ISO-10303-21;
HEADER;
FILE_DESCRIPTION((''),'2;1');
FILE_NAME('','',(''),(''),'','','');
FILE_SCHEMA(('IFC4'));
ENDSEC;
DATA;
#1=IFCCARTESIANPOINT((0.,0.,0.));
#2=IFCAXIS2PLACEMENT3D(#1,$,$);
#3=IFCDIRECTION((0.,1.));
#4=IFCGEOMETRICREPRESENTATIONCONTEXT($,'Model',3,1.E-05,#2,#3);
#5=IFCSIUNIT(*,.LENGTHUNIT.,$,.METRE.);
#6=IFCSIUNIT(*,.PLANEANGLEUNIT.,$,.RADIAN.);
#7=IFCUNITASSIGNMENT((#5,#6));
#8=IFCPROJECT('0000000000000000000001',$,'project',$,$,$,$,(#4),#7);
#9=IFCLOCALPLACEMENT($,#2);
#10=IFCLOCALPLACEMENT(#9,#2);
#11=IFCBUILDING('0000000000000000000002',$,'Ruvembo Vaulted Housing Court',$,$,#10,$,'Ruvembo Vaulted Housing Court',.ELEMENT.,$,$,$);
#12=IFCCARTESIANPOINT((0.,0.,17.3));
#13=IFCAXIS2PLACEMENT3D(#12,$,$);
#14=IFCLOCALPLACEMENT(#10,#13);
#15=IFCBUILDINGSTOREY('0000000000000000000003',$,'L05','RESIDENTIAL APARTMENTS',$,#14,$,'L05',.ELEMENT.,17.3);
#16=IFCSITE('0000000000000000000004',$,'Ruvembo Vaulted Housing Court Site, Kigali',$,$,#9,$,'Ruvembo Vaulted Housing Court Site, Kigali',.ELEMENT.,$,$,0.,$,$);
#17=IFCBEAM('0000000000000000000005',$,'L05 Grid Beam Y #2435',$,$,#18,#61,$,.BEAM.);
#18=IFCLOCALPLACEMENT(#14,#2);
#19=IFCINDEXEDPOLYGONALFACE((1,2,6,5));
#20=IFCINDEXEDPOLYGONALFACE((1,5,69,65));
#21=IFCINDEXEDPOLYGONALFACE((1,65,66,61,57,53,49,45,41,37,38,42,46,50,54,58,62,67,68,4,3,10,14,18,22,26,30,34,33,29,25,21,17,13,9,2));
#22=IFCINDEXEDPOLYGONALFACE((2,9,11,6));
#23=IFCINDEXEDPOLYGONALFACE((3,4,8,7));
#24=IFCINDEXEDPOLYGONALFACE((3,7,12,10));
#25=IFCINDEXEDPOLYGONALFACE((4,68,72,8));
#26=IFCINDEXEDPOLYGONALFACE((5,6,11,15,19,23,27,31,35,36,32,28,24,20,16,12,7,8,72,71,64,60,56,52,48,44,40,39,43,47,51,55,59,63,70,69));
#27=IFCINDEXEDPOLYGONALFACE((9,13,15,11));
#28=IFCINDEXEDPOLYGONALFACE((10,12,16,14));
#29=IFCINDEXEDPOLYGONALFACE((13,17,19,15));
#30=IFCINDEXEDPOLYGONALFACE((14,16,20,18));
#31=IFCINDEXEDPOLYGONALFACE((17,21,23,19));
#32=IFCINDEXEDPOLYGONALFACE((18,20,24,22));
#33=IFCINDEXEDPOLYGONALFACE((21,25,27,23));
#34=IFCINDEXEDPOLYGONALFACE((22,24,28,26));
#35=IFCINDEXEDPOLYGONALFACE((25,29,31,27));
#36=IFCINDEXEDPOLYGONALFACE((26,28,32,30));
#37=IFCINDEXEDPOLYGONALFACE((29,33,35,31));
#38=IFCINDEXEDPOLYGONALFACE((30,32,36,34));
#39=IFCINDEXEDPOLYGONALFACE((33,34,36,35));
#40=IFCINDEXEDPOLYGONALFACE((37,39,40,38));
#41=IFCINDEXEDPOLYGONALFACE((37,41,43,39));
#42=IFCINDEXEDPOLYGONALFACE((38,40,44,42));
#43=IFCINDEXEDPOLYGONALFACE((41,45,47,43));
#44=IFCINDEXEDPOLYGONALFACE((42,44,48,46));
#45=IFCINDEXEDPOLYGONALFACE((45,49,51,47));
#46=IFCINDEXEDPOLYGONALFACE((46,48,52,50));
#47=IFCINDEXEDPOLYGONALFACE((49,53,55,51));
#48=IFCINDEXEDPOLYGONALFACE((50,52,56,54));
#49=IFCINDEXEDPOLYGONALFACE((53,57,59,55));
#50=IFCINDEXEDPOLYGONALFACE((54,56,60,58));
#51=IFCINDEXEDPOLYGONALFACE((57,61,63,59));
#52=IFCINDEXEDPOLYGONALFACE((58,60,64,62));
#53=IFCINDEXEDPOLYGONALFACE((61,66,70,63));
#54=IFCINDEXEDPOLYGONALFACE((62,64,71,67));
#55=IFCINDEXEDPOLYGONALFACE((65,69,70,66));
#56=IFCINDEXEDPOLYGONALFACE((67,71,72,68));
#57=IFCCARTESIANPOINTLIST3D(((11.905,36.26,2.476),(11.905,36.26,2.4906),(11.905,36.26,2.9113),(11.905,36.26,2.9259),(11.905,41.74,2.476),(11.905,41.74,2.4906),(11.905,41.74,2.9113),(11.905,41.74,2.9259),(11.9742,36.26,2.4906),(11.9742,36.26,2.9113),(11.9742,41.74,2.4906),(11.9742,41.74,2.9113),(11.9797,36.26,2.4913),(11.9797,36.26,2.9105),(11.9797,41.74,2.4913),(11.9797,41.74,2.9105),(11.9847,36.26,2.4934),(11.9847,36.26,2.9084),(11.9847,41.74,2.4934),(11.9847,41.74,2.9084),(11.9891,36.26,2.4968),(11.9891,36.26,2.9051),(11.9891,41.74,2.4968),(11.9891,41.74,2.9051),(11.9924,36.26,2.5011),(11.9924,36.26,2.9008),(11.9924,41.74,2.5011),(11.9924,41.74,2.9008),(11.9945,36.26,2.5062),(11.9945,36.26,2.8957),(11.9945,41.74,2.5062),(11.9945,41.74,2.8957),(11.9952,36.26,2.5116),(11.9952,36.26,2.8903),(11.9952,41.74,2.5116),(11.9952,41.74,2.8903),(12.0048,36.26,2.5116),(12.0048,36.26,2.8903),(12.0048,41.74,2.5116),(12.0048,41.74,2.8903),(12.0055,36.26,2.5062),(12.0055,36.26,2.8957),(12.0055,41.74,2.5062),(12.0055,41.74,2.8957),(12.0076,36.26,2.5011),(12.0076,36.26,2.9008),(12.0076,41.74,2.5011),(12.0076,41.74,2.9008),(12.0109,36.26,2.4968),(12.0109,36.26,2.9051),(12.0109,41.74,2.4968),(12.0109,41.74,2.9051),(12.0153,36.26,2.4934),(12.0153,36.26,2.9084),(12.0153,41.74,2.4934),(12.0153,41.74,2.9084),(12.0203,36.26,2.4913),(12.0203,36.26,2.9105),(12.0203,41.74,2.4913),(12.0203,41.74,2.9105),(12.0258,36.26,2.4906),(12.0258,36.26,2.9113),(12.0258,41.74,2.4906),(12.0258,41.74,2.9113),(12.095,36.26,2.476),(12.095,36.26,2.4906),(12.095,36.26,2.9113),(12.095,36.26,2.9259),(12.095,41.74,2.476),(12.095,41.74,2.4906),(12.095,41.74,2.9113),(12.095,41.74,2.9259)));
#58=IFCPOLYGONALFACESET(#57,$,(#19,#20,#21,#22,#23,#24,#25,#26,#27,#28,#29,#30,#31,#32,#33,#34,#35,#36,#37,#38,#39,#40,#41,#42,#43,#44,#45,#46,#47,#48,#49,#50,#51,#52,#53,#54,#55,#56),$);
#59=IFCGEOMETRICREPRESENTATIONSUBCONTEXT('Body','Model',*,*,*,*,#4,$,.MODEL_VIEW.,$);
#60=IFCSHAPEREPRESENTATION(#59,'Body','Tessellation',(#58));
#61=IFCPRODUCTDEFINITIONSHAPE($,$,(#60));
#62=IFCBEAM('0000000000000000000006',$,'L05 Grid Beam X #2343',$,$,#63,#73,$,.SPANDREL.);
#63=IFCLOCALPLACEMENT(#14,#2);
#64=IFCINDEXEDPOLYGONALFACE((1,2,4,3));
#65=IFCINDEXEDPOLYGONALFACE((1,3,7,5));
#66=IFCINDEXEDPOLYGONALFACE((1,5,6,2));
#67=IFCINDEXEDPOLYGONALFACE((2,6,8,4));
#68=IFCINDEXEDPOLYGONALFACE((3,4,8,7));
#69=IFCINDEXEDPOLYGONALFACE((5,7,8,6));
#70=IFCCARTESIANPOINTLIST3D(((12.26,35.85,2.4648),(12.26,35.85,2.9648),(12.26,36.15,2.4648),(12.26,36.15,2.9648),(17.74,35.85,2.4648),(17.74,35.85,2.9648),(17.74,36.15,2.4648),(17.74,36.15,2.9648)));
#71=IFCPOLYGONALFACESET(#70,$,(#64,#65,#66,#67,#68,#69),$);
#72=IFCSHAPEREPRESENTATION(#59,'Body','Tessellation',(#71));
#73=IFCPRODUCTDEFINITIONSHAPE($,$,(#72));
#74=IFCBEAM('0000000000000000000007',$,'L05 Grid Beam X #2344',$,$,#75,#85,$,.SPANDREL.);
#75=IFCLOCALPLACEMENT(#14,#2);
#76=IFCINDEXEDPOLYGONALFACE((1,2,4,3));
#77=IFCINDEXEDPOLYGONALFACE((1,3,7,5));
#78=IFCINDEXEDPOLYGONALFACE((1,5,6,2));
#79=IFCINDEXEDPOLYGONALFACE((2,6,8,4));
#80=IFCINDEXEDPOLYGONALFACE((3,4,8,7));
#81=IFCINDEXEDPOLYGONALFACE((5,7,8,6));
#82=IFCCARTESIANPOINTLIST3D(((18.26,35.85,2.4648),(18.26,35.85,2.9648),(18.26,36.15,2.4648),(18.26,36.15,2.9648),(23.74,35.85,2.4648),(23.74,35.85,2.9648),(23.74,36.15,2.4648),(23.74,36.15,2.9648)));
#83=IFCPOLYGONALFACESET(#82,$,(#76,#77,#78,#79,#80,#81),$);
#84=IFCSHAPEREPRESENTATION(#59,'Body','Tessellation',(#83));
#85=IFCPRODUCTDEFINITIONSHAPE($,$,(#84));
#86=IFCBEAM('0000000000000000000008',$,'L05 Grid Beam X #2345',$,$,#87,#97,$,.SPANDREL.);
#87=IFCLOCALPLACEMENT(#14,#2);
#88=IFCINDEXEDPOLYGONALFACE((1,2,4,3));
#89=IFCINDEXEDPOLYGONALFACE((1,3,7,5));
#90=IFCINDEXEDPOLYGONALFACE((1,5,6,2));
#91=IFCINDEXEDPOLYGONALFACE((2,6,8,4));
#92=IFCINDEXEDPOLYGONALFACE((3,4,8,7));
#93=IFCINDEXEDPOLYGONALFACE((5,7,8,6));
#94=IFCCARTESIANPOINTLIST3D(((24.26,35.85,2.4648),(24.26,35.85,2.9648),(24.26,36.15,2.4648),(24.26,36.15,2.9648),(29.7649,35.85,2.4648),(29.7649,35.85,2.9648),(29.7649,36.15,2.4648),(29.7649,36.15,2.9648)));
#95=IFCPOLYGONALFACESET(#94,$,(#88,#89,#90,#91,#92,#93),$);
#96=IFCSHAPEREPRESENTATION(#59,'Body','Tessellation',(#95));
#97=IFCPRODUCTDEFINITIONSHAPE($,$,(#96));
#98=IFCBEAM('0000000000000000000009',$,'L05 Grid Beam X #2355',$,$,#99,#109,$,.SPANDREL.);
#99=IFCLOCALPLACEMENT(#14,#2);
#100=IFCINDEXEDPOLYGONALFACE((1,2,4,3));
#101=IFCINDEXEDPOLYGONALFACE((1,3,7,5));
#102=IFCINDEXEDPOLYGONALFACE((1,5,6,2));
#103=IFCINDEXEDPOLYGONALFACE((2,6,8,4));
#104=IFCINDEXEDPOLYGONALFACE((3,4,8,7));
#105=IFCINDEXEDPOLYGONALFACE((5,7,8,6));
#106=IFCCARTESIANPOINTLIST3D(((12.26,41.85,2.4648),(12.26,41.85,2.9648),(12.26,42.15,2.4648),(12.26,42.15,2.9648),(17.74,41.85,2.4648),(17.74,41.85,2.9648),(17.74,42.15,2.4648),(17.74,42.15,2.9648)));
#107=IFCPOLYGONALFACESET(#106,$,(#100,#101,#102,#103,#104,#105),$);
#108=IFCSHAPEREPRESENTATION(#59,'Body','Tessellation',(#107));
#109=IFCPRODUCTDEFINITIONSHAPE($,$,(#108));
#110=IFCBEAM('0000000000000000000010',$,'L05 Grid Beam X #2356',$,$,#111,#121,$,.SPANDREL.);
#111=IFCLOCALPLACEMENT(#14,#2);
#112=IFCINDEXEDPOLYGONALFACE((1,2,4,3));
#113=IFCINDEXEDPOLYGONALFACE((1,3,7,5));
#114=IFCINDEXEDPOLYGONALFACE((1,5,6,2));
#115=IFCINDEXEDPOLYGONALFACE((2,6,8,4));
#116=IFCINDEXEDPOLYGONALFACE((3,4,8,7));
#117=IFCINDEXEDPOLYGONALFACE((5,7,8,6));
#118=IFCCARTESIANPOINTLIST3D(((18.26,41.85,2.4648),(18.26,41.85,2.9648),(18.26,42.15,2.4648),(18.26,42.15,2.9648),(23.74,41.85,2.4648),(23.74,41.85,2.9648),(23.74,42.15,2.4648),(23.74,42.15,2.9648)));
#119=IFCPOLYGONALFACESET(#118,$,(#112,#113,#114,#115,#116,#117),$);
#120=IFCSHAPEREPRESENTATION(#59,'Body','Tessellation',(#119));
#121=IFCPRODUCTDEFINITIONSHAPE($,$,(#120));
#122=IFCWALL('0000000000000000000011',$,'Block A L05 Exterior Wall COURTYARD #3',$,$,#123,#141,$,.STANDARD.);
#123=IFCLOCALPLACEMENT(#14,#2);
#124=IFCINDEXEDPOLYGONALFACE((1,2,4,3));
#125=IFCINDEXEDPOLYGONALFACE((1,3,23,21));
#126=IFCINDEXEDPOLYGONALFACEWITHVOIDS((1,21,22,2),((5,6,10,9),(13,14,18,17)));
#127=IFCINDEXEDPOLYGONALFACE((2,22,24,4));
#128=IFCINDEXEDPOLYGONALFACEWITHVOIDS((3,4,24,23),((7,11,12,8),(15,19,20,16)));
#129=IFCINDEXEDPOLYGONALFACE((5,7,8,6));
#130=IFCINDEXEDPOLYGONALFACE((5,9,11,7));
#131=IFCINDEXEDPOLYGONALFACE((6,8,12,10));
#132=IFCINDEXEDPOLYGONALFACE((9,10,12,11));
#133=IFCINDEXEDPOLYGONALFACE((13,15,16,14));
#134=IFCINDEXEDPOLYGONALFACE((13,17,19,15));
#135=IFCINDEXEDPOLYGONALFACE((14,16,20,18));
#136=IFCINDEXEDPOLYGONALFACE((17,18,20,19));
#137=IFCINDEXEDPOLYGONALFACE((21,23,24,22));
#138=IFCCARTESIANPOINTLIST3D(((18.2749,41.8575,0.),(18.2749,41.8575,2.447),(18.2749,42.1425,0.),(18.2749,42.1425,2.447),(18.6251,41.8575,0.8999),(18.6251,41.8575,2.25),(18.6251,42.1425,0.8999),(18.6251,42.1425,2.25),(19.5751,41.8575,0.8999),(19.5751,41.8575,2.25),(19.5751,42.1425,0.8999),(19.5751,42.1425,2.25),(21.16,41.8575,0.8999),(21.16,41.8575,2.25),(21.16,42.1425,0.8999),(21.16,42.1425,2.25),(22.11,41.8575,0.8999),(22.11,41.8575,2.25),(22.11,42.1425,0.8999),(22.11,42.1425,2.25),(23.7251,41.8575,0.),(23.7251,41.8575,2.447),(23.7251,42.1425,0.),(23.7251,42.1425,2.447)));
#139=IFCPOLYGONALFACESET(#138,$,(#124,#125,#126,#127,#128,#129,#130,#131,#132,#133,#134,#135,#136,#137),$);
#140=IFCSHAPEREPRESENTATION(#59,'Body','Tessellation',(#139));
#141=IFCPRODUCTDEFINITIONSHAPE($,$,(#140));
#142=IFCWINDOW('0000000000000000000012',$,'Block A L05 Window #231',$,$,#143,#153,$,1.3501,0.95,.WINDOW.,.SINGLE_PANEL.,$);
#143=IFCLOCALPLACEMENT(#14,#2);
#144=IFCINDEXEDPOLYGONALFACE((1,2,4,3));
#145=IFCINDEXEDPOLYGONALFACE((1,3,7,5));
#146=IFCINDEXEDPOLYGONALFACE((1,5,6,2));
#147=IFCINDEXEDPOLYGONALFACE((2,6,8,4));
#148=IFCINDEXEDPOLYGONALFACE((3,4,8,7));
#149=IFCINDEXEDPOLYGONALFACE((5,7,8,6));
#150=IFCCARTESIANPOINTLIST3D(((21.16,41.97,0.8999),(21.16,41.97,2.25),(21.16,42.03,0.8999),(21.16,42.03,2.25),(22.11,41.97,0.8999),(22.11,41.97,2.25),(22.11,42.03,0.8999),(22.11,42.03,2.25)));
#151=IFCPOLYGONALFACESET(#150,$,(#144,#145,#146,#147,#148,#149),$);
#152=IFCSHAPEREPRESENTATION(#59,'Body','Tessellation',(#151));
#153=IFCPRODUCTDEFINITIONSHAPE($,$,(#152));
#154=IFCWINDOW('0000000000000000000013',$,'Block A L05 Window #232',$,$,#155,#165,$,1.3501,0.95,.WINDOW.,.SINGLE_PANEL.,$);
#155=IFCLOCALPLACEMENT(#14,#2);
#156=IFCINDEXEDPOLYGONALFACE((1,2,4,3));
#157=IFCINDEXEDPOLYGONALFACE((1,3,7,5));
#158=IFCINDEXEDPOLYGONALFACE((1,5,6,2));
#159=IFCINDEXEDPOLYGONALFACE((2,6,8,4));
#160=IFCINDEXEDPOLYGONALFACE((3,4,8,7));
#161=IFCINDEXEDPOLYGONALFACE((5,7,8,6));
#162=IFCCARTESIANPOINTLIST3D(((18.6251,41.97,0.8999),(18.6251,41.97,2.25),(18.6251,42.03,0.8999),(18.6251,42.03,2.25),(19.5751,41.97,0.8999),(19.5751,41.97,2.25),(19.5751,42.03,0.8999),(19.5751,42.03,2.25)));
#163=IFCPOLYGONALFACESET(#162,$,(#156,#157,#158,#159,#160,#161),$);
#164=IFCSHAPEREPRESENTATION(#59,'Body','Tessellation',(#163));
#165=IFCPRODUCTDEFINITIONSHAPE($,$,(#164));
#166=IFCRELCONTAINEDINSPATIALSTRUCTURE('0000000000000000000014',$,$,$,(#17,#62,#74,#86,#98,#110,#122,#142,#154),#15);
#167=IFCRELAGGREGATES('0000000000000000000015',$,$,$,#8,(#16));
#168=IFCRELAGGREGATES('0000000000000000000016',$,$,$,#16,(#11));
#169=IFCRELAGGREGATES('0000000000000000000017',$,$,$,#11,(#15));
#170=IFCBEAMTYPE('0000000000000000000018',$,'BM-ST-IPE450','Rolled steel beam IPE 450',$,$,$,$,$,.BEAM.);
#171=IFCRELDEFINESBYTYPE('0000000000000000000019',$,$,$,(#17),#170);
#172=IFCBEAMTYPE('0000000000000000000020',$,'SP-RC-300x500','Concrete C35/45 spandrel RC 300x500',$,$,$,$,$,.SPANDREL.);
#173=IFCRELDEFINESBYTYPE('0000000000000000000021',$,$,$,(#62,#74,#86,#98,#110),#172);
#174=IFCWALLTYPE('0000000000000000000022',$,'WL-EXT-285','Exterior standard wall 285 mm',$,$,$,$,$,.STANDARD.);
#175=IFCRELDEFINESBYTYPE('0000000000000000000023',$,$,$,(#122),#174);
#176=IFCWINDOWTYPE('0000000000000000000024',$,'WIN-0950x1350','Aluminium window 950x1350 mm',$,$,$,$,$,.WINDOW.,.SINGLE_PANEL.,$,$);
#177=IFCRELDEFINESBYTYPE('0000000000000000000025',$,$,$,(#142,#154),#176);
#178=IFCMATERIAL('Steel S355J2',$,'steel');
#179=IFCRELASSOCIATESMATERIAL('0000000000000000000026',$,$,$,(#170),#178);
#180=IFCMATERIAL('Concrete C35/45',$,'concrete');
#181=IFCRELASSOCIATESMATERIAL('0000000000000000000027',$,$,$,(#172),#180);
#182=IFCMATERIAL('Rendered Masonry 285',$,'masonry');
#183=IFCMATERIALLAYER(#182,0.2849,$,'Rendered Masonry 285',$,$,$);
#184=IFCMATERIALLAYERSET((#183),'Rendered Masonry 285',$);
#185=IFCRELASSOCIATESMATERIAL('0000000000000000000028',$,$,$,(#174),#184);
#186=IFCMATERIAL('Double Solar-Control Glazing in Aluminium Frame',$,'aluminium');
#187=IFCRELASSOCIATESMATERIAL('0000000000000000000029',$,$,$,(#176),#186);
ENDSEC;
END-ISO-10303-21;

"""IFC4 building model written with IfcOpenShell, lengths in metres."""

from ifc_helpers import new_model, si_unit, direction, frame, frame_2d, origin, origin_2d, place, context, subcontext, project, spatial, rectangle, i_section, extrude, material, layer, layer_set, material_profile, profile_set, type_object, element, fill, save


model = new_model("IFC4")

# Units and contexts
model_context = context("Model", 3, precision=1e-05, world=origin(), true_north=direction((0.0, 1.0)))
body_context = subcontext(model_context, "Body", "Model", "MODEL_VIEW")
ifc_project = project(units=[si_unit("LENGTHUNIT", "METRE"), si_unit("PLANEANGLEUNIT", "RADIAN")], contexts=[model_context])

# Site, building, storey
site_placement = place(None, origin())
site = spatial("IfcSite", under=ifc_project, at=site_placement, Name="Ruvembo Vaulted Housing Court Site, Kigali", LongName="Ruvembo Vaulted Housing Court Site, Kigali", CompositionType="ELEMENT", RefElevation=0.0)
building_placement = place(site_placement, origin())
building = spatial("IfcBuilding", under=site, at=building_placement, Name="Ruvembo Vaulted Housing Court", LongName="Ruvembo Vaulted Housing Court", CompositionType="ELEMENT")
storey_placement = place(building_placement, frame((0.0, 0.0, 17.3)))
storey = spatial("IfcBuildingStorey", under=building, at=storey_placement, Name="L05", Description="RESIDENTIAL APARTMENTS", LongName="L05", CompositionType="ELEMENT", Elevation=17.3)

# Shared definitions
ifc_material_1 = material(Name="Concrete C35/45", Category="concrete")

# Beams
ifc_material_2 = material(Name="Steel S355J2", Category="steel")
ifc_material_profile_1 = material_profile(ifc_material_2, i_section(OverallWidth=0.1899, OverallDepth=0.45, WebThickness=0.0095, FlangeThickness=0.0146, FilletRadius=0.021, at=origin_2d()), Name="IPE 450")
ifc_profile_set_1 = profile_set([ifc_material_profile_1], Name="Steel S355J2")
beam_type_1 = type_object("IfcBeamType", Name="BM-ST-IPE450", Description="Rolled steel beam IPE 450", PredefinedType="BEAM", material=ifc_profile_set_1)
beam_1_placement = place(storey_placement, frame((12.0, 36.26, 2.7009), z_axis=(0.0, 1.0, 0.0), x_axis=(-1.0, 0.0, 0.0)))
element("IfcBeam", 1, at=beam_1_placement, inside=storey, type_object=beam_type_1, Name="L05 Grid Beam Y #2435", PredefinedType="BEAM", context=body_context, shape_type="SweptSolid", body=[
    extrude(i_section(OverallWidth=0.1899, OverallDepth=0.45, WebThickness=0.0095, FlangeThickness=0.0146, FilletRadius=0.021, at=origin_2d()), origin(), (0.0, 0.0, 1.0), 5.48),
])
ifc_material_profile_2 = material_profile(ifc_material_1, rectangle(XDim=0.3, YDim=0.5, at=origin_2d()), Name="RC 300x500")
ifc_profile_set_2 = profile_set([ifc_material_profile_2], Name="Concrete C35/45")
beam_type_2 = type_object("IfcBeamType", Name="SP-RC-300x500", Description="Concrete C35/45 spandrel RC 300x500", PredefinedType="SPANDREL", material=ifc_profile_set_2)
for number, where, z_axis, x_axis, name in (
    (2, (12.26, 36.0, 2.7148), (1.0, 0.0, 0.0), (0.0, 1.0, 0.0), "L05 Grid Beam X #2343"),
    (3, (18.26, 36.0, 2.7148), (1.0, 0.0, 0.0), (0.0, 1.0, 0.0), "L05 Grid Beam X #2344"),
):
    element("IfcBeam", number, at=place(storey_placement, frame(where, z_axis=z_axis, x_axis=x_axis)), inside=storey, type_object=beam_type_2, Name=name, PredefinedType="SPANDREL", context=body_context, shape_type="SweptSolid", body=[
        extrude(rectangle(XDim=0.3, YDim=0.5, at=origin_2d()), origin(), (0.0, 0.0, 1.0), 5.48),
    ])
beam_2_placement = place(storey_placement, frame((24.26, 36.0, 2.7148), z_axis=(1.0, 0.0, 0.0), x_axis=(0.0, 1.0, 0.0)))
element("IfcBeam", 4, at=beam_2_placement, inside=storey, type_object=beam_type_2, Name="L05 Grid Beam X #2345", PredefinedType="SPANDREL", context=body_context, shape_type="SweptSolid", body=[
    extrude(rectangle(XDim=0.3, YDim=0.5, at=origin_2d()), origin(), (0.0, 0.0, 1.0), 5.5049),
])
for number, where, z_axis, x_axis, name in (
    (5, (12.26, 42.0, 2.7148), (1.0, 0.0, 0.0), (0.0, 1.0, 0.0), "L05 Grid Beam X #2355"),
    (6, (18.26, 42.0, 2.7148), (1.0, 0.0, 0.0), (0.0, 1.0, 0.0), "L05 Grid Beam X #2356"),
):
    element("IfcBeam", number, at=place(storey_placement, frame(where, z_axis=z_axis, x_axis=x_axis)), inside=storey, type_object=beam_type_2, Name=name, PredefinedType="SPANDREL", context=body_context, shape_type="SweptSolid", body=[
        extrude(rectangle(XDim=0.3, YDim=0.5, at=origin_2d()), origin(), (0.0, 0.0, 1.0), 5.48),
    ])

# Wall, openings, windows
ifc_material_3 = material(Name="Rendered Masonry 285", Category="masonry")
ifc_layer_1 = layer(ifc_material_3, 0.2849, Name="Rendered Masonry 285")
ifc_layer_set_1 = layer_set([ifc_layer_1], Name="Rendered Masonry 285")
wall_type_1 = type_object("IfcWallType", Name="WL-EXT-285", Description="Exterior standard wall 285 mm", PredefinedType="STANDARD", material=ifc_layer_set_1)
wall_1_placement = place(storey_placement, frame((23.7251, 42.0, 0.0), z_axis=(0.0, 0.0, 1.0), x_axis=(-1.0, 0.0, 0.0)))
wall_1 = element("IfcWall", 7, at=wall_1_placement, inside=storey, type_object=wall_type_1, Name="Block A L05 Exterior Wall COURTYARD #3", PredefinedType="STANDARD", context=body_context, shape_type="SweptSolid", body=[
    extrude(rectangle(XDim=5.4502, YDim=0.2849, at=frame_2d((2.7251, 0.0))), origin(), (0.0, 0.0, 1.0), 2.447),
])
opening_1_placement = place(wall_1_placement, frame((1.615, 0.0, 0.8999)))
opening_1 = element("IfcOpeningElement", 8, at=opening_1_placement, cuts=wall_1, PredefinedType="OPENING", context=body_context, shape_type="SweptSolid", body=[
    extrude(rectangle(XDim=0.95, YDim=1.3501, at=frame_2d((0.4751, 0.675))), frame((0.0, 0.1523, 0.0), z_axis=(0.0, -1.0, 0.0), x_axis=(1.0, 0.0, 0.0)), (0.0, 0.0, 1.0), 0.3049),
])
opening_2_placement = place(wall_1_placement, frame((4.1499, 0.0, 0.8999)))
opening_2 = element("IfcOpeningElement", 9, at=opening_2_placement, cuts=wall_1, PredefinedType="OPENING", context=body_context, shape_type="SweptSolid", body=[
    extrude(rectangle(XDim=0.95, YDim=1.3501, at=frame_2d((0.4751, 0.675))), frame((0.0, 0.1523, 0.0), z_axis=(0.0, -1.0, 0.0), x_axis=(1.0, 0.0, 0.0)), (0.0, 0.0, 1.0), 0.3049),
])
ifc_material_4 = material(Name="Double Solar-Control Glazing in Aluminium Frame", Category="aluminium")
window_type_1 = type_object("IfcWindowType", Name="WIN-0950x1350", Description="Aluminium window 950x1350 mm", PartitioningType="SINGLE_PANEL", PredefinedType="WINDOW", material=ifc_material_4)
window_1_placement = place(opening_1_placement, origin())
window_1 = element("IfcWindow", 10, at=window_1_placement, inside=storey, type_object=window_type_1, Name="Block A L05 Window #231", OverallHeight=1.3501, OverallWidth=0.95, PartitioningType="SINGLE_PANEL", PredefinedType="WINDOW", context=body_context, shape_type="SweptSolid", body=[
    extrude(rectangle(XDim=0.95, YDim=1.3501, at=frame_2d((0.4751, 0.675))), frame((0.0, 0.03, 0.0), z_axis=(0.0, -1.0, 0.0), x_axis=(1.0, 0.0, 0.0)), (0.0, 0.0, 1.0), 0.0601),
])
fill(opening_1, window_1)
window_2_placement = place(opening_2_placement, origin())
window_2 = element("IfcWindow", 11, at=window_2_placement, inside=storey, type_object=window_type_1, Name="Block A L05 Window #232", OverallHeight=1.3501, OverallWidth=0.95, PartitioningType="SINGLE_PANEL", PredefinedType="WINDOW", context=body_context, shape_type="SweptSolid", body=[
    extrude(rectangle(XDim=0.95, YDim=1.3501, at=frame_2d((0.4751, 0.675))), frame((0.0, 0.03, 0.0), z_axis=(0.0, -1.0, 0.0), x_axis=(1.0, 0.0, 0.0)), (0.0, 0.0, 1.0), 0.0601),
])
fill(opening_2, window_2)

save(model, "model.ifc")
